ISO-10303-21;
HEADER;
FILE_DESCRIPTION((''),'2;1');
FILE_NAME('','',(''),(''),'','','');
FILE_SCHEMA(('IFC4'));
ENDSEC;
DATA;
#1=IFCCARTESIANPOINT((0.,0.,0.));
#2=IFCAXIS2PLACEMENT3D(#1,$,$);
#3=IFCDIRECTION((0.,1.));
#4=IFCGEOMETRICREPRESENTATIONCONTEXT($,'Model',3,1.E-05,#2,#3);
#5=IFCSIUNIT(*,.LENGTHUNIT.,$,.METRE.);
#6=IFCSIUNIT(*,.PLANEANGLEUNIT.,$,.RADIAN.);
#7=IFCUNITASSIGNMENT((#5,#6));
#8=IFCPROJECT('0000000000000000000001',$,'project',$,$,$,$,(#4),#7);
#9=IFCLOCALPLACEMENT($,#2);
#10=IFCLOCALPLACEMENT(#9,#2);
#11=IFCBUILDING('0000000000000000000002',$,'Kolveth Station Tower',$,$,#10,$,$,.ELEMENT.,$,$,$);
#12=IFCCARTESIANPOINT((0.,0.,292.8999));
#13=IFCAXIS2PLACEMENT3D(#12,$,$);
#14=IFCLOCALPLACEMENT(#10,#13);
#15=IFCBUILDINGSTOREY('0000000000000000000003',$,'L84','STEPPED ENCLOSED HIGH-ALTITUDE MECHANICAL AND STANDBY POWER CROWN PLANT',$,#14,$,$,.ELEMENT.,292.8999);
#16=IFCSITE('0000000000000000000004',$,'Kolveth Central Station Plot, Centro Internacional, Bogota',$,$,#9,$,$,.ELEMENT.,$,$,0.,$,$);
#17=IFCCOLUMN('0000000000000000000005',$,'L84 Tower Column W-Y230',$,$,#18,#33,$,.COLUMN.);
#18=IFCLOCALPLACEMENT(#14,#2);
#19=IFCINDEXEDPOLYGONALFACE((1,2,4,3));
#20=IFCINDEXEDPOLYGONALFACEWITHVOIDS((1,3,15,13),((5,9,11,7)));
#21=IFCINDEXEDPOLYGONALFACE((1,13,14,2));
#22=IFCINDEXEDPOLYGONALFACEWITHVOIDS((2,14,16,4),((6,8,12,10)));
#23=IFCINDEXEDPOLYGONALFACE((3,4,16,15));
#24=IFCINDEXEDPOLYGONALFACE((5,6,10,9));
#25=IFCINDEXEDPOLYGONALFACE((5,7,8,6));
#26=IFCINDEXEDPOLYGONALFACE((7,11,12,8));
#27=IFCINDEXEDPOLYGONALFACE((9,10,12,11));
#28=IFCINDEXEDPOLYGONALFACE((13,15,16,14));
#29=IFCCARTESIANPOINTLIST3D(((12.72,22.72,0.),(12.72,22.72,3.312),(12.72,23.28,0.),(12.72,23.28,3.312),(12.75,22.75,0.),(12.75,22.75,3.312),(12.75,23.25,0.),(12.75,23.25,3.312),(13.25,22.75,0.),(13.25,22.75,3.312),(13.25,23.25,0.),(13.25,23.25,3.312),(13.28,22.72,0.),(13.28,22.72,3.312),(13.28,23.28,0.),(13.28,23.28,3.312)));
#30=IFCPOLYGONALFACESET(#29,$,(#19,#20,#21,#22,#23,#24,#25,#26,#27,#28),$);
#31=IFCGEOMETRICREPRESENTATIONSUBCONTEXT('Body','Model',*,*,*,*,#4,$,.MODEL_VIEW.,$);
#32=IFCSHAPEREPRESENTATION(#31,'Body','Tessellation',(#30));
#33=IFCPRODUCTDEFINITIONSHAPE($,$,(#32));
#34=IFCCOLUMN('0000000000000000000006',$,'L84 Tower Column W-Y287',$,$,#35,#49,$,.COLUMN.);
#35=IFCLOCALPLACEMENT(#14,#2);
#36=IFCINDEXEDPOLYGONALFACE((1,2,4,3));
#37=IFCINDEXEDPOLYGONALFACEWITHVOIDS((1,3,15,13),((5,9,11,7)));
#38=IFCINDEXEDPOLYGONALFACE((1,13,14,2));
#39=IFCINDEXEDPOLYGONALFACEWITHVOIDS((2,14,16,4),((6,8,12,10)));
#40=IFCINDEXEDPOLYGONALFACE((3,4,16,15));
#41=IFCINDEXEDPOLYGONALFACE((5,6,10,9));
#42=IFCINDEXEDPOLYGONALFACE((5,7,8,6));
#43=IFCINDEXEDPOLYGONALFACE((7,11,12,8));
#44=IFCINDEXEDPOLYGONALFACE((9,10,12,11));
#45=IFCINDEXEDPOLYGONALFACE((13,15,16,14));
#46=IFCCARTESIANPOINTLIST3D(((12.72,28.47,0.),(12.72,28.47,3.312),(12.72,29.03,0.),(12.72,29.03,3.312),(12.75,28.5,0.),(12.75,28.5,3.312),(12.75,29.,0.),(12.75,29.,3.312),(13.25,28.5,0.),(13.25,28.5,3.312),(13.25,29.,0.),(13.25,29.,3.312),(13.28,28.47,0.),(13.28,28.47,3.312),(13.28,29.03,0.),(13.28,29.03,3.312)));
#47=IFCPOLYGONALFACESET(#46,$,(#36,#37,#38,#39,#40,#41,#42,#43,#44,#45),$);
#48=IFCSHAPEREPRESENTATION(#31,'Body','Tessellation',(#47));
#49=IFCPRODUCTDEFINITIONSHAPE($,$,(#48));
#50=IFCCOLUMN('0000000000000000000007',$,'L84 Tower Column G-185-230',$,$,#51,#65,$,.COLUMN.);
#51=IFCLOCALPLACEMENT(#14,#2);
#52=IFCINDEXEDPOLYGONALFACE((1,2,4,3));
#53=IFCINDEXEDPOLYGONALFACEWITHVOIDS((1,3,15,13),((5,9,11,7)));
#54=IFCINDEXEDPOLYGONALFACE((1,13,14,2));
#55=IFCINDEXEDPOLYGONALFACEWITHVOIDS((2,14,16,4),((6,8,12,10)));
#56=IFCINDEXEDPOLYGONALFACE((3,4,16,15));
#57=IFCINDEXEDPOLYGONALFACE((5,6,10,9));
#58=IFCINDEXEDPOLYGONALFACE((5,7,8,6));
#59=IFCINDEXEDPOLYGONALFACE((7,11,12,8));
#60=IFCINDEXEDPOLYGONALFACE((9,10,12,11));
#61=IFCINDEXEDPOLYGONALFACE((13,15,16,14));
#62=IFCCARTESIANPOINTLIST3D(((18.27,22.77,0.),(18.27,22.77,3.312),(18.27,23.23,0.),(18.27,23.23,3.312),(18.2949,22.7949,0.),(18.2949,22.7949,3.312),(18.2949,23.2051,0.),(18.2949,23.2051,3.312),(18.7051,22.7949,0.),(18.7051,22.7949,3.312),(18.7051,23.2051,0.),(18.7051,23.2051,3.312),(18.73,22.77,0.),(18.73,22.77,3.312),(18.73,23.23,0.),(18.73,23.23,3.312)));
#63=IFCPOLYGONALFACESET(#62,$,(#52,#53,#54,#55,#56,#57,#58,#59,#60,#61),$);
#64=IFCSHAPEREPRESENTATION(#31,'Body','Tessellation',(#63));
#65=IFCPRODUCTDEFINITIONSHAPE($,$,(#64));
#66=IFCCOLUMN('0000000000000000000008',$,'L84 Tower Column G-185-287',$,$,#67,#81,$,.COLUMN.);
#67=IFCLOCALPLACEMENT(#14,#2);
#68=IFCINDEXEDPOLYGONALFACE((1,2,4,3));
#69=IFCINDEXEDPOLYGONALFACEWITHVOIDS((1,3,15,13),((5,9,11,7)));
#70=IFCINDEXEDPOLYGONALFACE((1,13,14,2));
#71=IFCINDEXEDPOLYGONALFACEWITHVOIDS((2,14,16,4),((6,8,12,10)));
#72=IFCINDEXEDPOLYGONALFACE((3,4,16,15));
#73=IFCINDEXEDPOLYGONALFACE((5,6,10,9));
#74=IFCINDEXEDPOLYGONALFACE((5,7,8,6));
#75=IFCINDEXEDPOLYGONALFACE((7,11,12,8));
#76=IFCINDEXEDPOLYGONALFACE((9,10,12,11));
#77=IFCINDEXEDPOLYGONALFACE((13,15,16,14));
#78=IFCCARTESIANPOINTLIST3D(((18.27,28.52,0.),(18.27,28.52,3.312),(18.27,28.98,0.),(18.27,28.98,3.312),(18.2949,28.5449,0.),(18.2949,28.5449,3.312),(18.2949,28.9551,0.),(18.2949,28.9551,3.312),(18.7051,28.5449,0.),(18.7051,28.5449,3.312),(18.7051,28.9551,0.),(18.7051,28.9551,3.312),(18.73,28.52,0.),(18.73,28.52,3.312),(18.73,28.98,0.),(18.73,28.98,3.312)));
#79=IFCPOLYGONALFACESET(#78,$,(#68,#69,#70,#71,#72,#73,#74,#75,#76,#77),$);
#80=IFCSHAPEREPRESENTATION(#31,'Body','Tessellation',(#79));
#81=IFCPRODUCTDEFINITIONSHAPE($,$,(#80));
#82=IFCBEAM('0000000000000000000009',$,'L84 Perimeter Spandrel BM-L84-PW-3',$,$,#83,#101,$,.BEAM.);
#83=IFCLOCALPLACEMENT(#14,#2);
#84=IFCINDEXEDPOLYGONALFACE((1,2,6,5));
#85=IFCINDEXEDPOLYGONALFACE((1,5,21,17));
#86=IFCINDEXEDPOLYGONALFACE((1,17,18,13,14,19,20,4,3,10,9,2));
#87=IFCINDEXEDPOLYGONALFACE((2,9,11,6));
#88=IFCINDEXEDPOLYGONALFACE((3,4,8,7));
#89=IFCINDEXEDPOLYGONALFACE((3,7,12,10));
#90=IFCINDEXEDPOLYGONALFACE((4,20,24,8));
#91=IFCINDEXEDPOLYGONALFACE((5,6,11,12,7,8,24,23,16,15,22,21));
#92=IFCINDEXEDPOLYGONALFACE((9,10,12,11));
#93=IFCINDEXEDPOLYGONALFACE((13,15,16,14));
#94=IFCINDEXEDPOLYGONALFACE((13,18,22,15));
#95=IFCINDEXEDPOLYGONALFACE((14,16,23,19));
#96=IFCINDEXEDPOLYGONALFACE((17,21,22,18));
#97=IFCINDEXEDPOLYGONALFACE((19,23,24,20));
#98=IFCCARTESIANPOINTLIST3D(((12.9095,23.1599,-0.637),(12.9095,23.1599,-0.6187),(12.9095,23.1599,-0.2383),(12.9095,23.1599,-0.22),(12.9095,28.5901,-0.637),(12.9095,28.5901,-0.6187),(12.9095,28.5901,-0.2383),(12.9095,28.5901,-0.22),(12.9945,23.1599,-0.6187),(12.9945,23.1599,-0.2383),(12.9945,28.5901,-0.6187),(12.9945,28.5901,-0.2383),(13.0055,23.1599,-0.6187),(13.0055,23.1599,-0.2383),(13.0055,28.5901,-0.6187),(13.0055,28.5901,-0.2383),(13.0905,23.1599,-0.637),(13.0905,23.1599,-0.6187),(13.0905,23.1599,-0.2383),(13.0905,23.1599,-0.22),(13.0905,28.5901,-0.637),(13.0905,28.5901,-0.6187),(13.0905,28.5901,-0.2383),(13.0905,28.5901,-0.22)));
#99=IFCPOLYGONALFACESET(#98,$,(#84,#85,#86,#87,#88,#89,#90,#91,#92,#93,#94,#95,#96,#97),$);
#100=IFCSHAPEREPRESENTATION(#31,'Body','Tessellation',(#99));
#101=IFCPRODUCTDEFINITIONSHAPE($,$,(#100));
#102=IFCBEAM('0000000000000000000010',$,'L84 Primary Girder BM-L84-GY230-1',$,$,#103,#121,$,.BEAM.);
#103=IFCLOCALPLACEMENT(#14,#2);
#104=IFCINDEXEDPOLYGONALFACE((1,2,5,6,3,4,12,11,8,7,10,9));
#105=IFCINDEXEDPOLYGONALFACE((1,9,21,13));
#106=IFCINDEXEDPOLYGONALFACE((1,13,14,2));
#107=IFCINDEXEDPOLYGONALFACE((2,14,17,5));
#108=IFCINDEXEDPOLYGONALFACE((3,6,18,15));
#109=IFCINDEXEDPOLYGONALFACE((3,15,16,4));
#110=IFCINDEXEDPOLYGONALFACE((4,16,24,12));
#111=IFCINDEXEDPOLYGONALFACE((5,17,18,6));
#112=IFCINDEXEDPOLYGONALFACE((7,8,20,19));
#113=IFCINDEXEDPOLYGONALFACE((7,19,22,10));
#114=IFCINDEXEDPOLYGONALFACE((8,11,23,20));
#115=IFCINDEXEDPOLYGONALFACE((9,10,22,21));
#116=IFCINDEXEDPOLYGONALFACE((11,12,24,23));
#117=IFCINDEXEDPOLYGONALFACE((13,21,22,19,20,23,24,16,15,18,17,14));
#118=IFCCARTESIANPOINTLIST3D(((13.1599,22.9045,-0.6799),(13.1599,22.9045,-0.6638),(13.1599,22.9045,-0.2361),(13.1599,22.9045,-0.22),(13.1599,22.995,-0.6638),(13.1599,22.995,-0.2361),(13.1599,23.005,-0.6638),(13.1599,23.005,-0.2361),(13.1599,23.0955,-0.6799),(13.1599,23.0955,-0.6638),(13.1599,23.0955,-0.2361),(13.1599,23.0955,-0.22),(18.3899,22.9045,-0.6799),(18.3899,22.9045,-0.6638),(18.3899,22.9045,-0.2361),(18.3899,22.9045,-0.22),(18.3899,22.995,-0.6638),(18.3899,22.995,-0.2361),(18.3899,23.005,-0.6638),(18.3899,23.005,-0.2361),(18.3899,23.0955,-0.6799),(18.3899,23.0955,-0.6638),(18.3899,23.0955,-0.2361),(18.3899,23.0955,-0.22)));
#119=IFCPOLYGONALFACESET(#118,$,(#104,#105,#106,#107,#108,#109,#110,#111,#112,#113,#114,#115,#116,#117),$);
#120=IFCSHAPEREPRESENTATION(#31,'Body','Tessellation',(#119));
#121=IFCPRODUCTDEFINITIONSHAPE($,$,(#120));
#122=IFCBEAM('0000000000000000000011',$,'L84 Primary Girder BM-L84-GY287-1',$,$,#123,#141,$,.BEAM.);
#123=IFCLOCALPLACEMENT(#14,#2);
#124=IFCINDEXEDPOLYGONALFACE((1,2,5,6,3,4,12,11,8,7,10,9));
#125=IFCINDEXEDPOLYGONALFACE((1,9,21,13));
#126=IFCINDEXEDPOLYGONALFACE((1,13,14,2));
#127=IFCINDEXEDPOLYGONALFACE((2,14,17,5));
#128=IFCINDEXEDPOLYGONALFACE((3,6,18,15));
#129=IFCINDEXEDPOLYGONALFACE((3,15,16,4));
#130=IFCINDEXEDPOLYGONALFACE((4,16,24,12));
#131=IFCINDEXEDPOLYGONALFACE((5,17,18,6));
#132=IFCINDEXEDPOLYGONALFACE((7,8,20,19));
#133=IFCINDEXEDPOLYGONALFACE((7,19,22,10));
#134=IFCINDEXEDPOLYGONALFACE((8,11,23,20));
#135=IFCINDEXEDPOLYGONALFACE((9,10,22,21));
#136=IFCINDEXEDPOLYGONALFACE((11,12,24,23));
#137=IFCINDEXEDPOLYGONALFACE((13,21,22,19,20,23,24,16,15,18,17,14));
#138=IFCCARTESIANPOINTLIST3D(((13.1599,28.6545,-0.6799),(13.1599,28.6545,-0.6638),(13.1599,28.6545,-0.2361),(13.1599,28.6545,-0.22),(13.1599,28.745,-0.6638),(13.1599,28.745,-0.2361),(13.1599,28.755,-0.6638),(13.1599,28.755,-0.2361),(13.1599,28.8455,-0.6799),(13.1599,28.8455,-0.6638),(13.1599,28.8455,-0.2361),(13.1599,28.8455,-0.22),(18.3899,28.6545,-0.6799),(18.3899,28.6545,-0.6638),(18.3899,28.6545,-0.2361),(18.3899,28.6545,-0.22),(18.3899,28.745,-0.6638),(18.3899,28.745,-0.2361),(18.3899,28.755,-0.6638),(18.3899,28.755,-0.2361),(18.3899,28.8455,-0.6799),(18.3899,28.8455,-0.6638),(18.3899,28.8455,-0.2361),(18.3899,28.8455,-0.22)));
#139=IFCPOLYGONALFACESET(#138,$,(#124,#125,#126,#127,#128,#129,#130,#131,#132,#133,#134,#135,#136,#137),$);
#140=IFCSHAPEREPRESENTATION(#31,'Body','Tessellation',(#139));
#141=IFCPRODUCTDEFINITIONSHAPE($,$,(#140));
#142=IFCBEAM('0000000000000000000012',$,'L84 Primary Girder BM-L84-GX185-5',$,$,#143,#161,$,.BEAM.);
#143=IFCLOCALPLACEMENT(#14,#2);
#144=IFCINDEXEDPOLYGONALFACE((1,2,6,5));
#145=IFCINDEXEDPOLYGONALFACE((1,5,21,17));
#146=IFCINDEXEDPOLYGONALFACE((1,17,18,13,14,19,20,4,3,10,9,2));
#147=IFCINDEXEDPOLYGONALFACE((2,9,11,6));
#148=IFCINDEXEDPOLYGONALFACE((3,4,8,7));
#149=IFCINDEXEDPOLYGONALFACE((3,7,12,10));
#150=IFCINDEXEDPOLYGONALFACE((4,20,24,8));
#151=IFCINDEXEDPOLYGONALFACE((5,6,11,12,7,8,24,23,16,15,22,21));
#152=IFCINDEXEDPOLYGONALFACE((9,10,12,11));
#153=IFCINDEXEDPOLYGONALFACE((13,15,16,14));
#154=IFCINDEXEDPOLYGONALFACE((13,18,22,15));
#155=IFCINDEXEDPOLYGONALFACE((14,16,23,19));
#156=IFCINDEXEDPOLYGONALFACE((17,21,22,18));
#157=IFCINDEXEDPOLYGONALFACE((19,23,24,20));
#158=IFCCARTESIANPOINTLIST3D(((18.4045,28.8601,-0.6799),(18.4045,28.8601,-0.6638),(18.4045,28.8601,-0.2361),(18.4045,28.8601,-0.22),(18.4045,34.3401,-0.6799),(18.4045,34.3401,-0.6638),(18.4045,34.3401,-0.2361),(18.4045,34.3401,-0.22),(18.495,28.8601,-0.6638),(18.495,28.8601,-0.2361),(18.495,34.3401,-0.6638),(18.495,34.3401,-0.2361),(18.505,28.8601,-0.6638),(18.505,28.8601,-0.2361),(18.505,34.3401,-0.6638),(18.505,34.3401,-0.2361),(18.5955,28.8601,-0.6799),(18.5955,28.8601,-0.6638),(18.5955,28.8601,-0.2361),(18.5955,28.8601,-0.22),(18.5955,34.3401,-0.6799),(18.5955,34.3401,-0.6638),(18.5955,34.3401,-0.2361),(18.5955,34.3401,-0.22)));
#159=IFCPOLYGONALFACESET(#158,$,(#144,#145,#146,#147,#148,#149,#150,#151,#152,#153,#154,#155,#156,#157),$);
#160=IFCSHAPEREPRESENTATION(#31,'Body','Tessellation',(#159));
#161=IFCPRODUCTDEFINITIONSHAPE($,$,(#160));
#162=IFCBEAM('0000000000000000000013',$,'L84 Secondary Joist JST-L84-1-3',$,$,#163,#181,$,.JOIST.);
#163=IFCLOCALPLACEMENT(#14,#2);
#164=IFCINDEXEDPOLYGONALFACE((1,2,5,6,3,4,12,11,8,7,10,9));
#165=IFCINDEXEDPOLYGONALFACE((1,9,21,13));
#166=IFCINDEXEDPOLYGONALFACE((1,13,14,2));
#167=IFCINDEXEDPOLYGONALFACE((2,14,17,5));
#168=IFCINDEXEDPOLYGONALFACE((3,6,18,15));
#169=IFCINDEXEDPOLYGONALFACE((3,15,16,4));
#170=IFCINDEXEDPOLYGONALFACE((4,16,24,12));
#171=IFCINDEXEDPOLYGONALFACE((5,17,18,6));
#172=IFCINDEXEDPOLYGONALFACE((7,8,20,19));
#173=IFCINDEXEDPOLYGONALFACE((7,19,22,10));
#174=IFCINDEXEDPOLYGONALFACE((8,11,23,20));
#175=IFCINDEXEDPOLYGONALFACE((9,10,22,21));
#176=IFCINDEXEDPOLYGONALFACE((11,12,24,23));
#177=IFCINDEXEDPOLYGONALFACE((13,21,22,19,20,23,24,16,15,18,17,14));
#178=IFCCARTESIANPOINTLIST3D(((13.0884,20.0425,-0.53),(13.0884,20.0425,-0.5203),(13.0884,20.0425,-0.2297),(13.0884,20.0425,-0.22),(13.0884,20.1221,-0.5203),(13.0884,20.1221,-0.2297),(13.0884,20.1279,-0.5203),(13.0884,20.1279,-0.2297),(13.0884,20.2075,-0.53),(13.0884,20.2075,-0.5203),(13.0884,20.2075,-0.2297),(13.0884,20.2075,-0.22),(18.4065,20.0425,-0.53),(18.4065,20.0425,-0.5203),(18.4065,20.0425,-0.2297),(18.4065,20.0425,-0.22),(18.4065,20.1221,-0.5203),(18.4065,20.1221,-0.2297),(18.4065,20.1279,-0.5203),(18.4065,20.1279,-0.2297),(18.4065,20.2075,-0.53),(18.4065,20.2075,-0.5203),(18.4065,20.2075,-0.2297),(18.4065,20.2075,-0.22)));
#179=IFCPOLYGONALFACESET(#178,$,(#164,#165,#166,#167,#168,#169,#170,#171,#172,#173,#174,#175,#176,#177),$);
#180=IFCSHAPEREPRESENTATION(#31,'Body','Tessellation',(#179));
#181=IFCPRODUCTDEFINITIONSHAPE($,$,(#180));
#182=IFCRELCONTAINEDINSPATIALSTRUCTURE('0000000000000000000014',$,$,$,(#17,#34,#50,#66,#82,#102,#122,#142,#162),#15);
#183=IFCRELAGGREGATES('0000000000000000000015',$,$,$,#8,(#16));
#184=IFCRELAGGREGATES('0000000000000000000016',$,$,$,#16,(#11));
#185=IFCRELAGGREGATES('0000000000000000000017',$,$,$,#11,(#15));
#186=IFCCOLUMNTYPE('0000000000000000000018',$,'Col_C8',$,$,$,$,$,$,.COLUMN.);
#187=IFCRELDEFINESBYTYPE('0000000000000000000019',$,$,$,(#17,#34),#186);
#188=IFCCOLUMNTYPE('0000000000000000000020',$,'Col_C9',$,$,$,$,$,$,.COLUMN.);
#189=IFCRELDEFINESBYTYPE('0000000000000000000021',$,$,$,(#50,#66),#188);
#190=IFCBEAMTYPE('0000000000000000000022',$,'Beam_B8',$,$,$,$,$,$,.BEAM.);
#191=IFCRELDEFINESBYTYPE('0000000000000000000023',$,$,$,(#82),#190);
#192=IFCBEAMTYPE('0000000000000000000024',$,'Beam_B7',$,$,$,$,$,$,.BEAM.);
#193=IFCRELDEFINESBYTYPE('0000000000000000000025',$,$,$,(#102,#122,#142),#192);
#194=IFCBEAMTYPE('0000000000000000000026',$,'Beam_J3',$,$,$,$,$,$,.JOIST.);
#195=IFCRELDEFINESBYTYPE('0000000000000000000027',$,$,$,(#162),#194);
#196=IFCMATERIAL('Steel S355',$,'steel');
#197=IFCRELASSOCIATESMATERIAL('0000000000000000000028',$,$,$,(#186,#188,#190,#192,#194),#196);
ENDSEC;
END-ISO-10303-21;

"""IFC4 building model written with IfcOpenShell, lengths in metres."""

from ifc_helpers import new_model, si_unit, direction, frame, origin, origin_2d, place, context, subcontext, project, spatial, hollow_rectangle, i_section, extrude, source, transform, mapped, material, material_profile, profile_set, type_object, element, save


model = new_model("IFC4")

# Units and contexts
model_context = context("Model", 3, precision=1e-05, world=origin(), true_north=direction((0.0, 1.0)))
body_context = subcontext(model_context, "Body", "Model", "MODEL_VIEW")
ifc_project = project(units=[si_unit("LENGTHUNIT", "METRE"), si_unit("PLANEANGLEUNIT", "RADIAN")], contexts=[model_context])

# Site, building, storey
site_placement = place(None, origin())
site = spatial("IfcSite", under=ifc_project, at=site_placement, Name="Kolveth Central Station Plot, Centro Internacional, Bogota", CompositionType="ELEMENT", RefElevation=0.0)
building_placement = place(site_placement, origin())
building = spatial("IfcBuilding", under=site, at=building_placement, Name="Kolveth Station Tower", CompositionType="ELEMENT")
storey_placement = place(building_placement, frame((0.0, 0.0, 292.8999)))
storey = spatial("IfcBuildingStorey", under=building, at=storey_placement, Name="L84", Description="STEPPED ENCLOSED HIGH-ALTITUDE MECHANICAL AND STANDBY POWER CROWN PLANT", CompositionType="ELEMENT", Elevation=292.8999)

# Columns
ifc_material_1 = material(Name="Steel S355", Category="steel")
ifc_material_profile_1 = material_profile(ifc_material_1, hollow_rectangle(XDim=0.5601, YDim=0.5601, WallThickness=0.03, at=origin_2d()), Name="BOX560x560x30")
ifc_profile_set_1 = profile_set([ifc_material_profile_1], Name="Steel S355")
column_type_1 = type_object("IfcColumnType", Name="Col_C8", PredefinedType="COLUMN", material=ifc_profile_set_1)
shared_shape_1 = source(origin(), body_context, "Body", "SweptSolid", [
    extrude(hollow_rectangle(XDim=0.5601, YDim=0.5601, WallThickness=0.03, at=origin_2d()), origin(), (0.0, 0.0, 1.0), 3.312),
])
for number, where, z_axis, x_axis, name in (
    (1, (13.0, 23.0, 0.0), (0.0, 0.0, 1.0), (1.0, 0.0, 0.0), "L84 Tower Column W-Y230"),
    (2, (13.0, 28.75, 0.0), (0.0, 0.0, 1.0), (1.0, 0.0, 0.0), "L84 Tower Column W-Y287"),
):
    element("IfcColumn", number, at=place(storey_placement, frame(where, z_axis=z_axis, x_axis=x_axis)), inside=storey, type_object=column_type_1, Name=name, PredefinedType="COLUMN", context=body_context, shape_type="MappedRepresentation", body=[
        mapped(shared_shape_1, transform((0.0, 0.0, 0.0), x_axis=(1.0, 0.0, 0.0), y_axis=(0.0, 1.0, 0.0), z_axis=(0.0, 0.0, 1.0), scale=1.0)),
    ])
ifc_material_profile_2 = material_profile(ifc_material_1, hollow_rectangle(XDim=0.46, YDim=0.46, WallThickness=0.0249, at=origin_2d()), Name="BOX460x460x25")
ifc_profile_set_2 = profile_set([ifc_material_profile_2], Name="Steel S355")
column_type_2 = type_object("IfcColumnType", Name="Col_C9", PredefinedType="COLUMN", material=ifc_profile_set_2)
shared_shape_2 = source(origin(), body_context, "Body", "SweptSolid", [
    extrude(hollow_rectangle(XDim=0.46, YDim=0.46, WallThickness=0.0249, at=origin_2d()), origin(), (0.0, 0.0, 1.0), 3.312),
])
for number, where, z_axis, x_axis, name in (
    (3, (18.5, 23.0, 0.0), (0.0, 0.0, 1.0), (1.0, 0.0, 0.0), "L84 Tower Column G-185-230"),
    (4, (18.5, 28.75, 0.0), (0.0, 0.0, 1.0), (1.0, 0.0, 0.0), "L84 Tower Column G-185-287"),
):
    element("IfcColumn", number, at=place(storey_placement, frame(where, z_axis=z_axis, x_axis=x_axis)), inside=storey, type_object=column_type_2, Name=name, PredefinedType="COLUMN", context=body_context, shape_type="MappedRepresentation", body=[
        mapped(shared_shape_2, transform((0.0, 0.0, 0.0), x_axis=(1.0, 0.0, 0.0), y_axis=(0.0, 1.0, 0.0), z_axis=(0.0, 0.0, 1.0), scale=1.0)),
    ])

# Beams
ifc_material_profile_3 = material_profile(ifc_material_1, i_section(OverallWidth=0.1809, OverallDepth=0.417, WebThickness=0.011, FlangeThickness=0.0183, at=origin_2d()), Name="W410x85")
ifc_profile_set_3 = profile_set([ifc_material_profile_3], Name="Steel S355")
beam_type_1 = type_object("IfcBeamType", Name="Beam_B8", PredefinedType="BEAM", material=ifc_profile_set_3)
shared_shape_3 = source(origin(), body_context, "Body", "SweptSolid", [
    extrude(i_section(OverallWidth=0.1809, OverallDepth=0.417, WebThickness=0.011, FlangeThickness=0.0183, at=origin_2d()), origin(), (0.0, 0.0, 1.0), 5.4302),
])
beam_1_placement = place(storey_placement, frame((13.0, 23.1599, -0.4285), z_axis=(0.0, 1.0, 0.0), x_axis=(-1.0, 0.0, 0.0)))
element("IfcBeam", 5, at=beam_1_placement, inside=storey, type_object=beam_type_1, Name="L84 Perimeter Spandrel BM-L84-PW-3", PredefinedType="BEAM", context=body_context, shape_type="MappedRepresentation", body=[
    mapped(shared_shape_3, transform((0.0, 0.0, 0.0), x_axis=(1.0, 0.0, 0.0), y_axis=(0.0, 1.0, 0.0), z_axis=(0.0, 0.0, 1.0), scale=1.0)),
])
ifc_material_profile_4 = material_profile(ifc_material_1, i_section(OverallWidth=0.1909, OverallDepth=0.46, WebThickness=0.01, FlangeThickness=0.0161, at=origin_2d()), Name="W460x82")
ifc_profile_set_4 = profile_set([ifc_material_profile_4], Name="Steel S355")
beam_type_2 = type_object("IfcBeamType", Name="Beam_B7", PredefinedType="BEAM", material=ifc_profile_set_4)
shared_shape_4 = source(origin(), body_context, "Body", "SweptSolid", [
    extrude(i_section(OverallWidth=0.1909, OverallDepth=0.46, WebThickness=0.01, FlangeThickness=0.0161, at=origin_2d()), origin(), (0.0, 0.0, 1.0), 5.23),
])
for number, where, z_axis, x_axis, name in (
    (6, (13.1599, 23.0, -0.45), (1.0, 0.0, 0.0), (0.0, 1.0, 0.0), "L84 Primary Girder BM-L84-GY230-1"),
    (7, (13.1599, 28.75, -0.45), (1.0, 0.0, 0.0), (0.0, 1.0, 0.0), "L84 Primary Girder BM-L84-GY287-1"),
):
    element("IfcBeam", number, at=place(storey_placement, frame(where, z_axis=z_axis, x_axis=x_axis)), inside=storey, type_object=beam_type_2, Name=name, PredefinedType="BEAM", context=body_context, shape_type="MappedRepresentation", body=[
        mapped(shared_shape_4, transform((0.0, 0.0, 0.0), x_axis=(1.0, 0.0, 0.0), y_axis=(0.0, 1.0, 0.0), z_axis=(0.0, 0.0, 1.0), scale=1.0)),
    ])
shared_shape_5 = source(origin(), body_context, "Body", "SweptSolid", [
    extrude(i_section(OverallWidth=0.1909, OverallDepth=0.46, WebThickness=0.01, FlangeThickness=0.0161, at=origin_2d()), origin(), (0.0, 0.0, 1.0), 5.48),
])
beam_2_placement = place(storey_placement, frame((18.5, 28.8601, -0.45), z_axis=(0.0, 1.0, 0.0), x_axis=(-1.0, 0.0, 0.0)))
element("IfcBeam", 8, at=beam_2_placement, inside=storey, type_object=beam_type_2, Name="L84 Primary Girder BM-L84-GX185-5", PredefinedType="BEAM", context=body_context, shape_type="MappedRepresentation", body=[
    mapped(shared_shape_5, transform((0.0, 0.0, 0.0), x_axis=(1.0, 0.0, 0.0), y_axis=(0.0, 1.0, 0.0), z_axis=(0.0, 0.0, 1.0), scale=1.0)),
])
ifc_material_profile_5 = material_profile(ifc_material_1, i_section(OverallWidth=0.165, OverallDepth=0.3101, WebThickness=0.0059, FlangeThickness=0.0098, at=origin_2d()), Name="W310x39")
ifc_profile_set_5 = profile_set([ifc_material_profile_5], Name="Steel S355")
beam_type_3 = type_object("IfcBeamType", Name="Beam_J3", PredefinedType="JOIST", material=ifc_profile_set_5)
shared_shape_6 = source(origin(), body_context, "Body", "SweptSolid", [
    extrude(i_section(OverallWidth=0.165, OverallDepth=0.3101, WebThickness=0.0059, FlangeThickness=0.0098, at=origin_2d()), origin(), (0.0, 0.0, 1.0), 5.3181),
])
for number, where, z_axis, x_axis, name in (
    (9, (13.0884, 20.125, -0.375), (1.0, 0.0, 0.0), (0.0, 1.0, 0.0), "L84 Secondary Joist JST-L84-1-3"),
):
    element("IfcBeam", number, at=place(storey_placement, frame(where, z_axis=z_axis, x_axis=x_axis)), inside=storey, type_object=beam_type_3, Name=name, PredefinedType="JOIST", context=body_context, shape_type="MappedRepresentation", body=[
        mapped(shared_shape_6, transform((0.0, 0.0, 0.0), x_axis=(1.0, 0.0, 0.0), y_axis=(0.0, 1.0, 0.0), z_axis=(0.0, 0.0, 1.0), scale=1.0)),
    ])

save(model, "model.ifc")
